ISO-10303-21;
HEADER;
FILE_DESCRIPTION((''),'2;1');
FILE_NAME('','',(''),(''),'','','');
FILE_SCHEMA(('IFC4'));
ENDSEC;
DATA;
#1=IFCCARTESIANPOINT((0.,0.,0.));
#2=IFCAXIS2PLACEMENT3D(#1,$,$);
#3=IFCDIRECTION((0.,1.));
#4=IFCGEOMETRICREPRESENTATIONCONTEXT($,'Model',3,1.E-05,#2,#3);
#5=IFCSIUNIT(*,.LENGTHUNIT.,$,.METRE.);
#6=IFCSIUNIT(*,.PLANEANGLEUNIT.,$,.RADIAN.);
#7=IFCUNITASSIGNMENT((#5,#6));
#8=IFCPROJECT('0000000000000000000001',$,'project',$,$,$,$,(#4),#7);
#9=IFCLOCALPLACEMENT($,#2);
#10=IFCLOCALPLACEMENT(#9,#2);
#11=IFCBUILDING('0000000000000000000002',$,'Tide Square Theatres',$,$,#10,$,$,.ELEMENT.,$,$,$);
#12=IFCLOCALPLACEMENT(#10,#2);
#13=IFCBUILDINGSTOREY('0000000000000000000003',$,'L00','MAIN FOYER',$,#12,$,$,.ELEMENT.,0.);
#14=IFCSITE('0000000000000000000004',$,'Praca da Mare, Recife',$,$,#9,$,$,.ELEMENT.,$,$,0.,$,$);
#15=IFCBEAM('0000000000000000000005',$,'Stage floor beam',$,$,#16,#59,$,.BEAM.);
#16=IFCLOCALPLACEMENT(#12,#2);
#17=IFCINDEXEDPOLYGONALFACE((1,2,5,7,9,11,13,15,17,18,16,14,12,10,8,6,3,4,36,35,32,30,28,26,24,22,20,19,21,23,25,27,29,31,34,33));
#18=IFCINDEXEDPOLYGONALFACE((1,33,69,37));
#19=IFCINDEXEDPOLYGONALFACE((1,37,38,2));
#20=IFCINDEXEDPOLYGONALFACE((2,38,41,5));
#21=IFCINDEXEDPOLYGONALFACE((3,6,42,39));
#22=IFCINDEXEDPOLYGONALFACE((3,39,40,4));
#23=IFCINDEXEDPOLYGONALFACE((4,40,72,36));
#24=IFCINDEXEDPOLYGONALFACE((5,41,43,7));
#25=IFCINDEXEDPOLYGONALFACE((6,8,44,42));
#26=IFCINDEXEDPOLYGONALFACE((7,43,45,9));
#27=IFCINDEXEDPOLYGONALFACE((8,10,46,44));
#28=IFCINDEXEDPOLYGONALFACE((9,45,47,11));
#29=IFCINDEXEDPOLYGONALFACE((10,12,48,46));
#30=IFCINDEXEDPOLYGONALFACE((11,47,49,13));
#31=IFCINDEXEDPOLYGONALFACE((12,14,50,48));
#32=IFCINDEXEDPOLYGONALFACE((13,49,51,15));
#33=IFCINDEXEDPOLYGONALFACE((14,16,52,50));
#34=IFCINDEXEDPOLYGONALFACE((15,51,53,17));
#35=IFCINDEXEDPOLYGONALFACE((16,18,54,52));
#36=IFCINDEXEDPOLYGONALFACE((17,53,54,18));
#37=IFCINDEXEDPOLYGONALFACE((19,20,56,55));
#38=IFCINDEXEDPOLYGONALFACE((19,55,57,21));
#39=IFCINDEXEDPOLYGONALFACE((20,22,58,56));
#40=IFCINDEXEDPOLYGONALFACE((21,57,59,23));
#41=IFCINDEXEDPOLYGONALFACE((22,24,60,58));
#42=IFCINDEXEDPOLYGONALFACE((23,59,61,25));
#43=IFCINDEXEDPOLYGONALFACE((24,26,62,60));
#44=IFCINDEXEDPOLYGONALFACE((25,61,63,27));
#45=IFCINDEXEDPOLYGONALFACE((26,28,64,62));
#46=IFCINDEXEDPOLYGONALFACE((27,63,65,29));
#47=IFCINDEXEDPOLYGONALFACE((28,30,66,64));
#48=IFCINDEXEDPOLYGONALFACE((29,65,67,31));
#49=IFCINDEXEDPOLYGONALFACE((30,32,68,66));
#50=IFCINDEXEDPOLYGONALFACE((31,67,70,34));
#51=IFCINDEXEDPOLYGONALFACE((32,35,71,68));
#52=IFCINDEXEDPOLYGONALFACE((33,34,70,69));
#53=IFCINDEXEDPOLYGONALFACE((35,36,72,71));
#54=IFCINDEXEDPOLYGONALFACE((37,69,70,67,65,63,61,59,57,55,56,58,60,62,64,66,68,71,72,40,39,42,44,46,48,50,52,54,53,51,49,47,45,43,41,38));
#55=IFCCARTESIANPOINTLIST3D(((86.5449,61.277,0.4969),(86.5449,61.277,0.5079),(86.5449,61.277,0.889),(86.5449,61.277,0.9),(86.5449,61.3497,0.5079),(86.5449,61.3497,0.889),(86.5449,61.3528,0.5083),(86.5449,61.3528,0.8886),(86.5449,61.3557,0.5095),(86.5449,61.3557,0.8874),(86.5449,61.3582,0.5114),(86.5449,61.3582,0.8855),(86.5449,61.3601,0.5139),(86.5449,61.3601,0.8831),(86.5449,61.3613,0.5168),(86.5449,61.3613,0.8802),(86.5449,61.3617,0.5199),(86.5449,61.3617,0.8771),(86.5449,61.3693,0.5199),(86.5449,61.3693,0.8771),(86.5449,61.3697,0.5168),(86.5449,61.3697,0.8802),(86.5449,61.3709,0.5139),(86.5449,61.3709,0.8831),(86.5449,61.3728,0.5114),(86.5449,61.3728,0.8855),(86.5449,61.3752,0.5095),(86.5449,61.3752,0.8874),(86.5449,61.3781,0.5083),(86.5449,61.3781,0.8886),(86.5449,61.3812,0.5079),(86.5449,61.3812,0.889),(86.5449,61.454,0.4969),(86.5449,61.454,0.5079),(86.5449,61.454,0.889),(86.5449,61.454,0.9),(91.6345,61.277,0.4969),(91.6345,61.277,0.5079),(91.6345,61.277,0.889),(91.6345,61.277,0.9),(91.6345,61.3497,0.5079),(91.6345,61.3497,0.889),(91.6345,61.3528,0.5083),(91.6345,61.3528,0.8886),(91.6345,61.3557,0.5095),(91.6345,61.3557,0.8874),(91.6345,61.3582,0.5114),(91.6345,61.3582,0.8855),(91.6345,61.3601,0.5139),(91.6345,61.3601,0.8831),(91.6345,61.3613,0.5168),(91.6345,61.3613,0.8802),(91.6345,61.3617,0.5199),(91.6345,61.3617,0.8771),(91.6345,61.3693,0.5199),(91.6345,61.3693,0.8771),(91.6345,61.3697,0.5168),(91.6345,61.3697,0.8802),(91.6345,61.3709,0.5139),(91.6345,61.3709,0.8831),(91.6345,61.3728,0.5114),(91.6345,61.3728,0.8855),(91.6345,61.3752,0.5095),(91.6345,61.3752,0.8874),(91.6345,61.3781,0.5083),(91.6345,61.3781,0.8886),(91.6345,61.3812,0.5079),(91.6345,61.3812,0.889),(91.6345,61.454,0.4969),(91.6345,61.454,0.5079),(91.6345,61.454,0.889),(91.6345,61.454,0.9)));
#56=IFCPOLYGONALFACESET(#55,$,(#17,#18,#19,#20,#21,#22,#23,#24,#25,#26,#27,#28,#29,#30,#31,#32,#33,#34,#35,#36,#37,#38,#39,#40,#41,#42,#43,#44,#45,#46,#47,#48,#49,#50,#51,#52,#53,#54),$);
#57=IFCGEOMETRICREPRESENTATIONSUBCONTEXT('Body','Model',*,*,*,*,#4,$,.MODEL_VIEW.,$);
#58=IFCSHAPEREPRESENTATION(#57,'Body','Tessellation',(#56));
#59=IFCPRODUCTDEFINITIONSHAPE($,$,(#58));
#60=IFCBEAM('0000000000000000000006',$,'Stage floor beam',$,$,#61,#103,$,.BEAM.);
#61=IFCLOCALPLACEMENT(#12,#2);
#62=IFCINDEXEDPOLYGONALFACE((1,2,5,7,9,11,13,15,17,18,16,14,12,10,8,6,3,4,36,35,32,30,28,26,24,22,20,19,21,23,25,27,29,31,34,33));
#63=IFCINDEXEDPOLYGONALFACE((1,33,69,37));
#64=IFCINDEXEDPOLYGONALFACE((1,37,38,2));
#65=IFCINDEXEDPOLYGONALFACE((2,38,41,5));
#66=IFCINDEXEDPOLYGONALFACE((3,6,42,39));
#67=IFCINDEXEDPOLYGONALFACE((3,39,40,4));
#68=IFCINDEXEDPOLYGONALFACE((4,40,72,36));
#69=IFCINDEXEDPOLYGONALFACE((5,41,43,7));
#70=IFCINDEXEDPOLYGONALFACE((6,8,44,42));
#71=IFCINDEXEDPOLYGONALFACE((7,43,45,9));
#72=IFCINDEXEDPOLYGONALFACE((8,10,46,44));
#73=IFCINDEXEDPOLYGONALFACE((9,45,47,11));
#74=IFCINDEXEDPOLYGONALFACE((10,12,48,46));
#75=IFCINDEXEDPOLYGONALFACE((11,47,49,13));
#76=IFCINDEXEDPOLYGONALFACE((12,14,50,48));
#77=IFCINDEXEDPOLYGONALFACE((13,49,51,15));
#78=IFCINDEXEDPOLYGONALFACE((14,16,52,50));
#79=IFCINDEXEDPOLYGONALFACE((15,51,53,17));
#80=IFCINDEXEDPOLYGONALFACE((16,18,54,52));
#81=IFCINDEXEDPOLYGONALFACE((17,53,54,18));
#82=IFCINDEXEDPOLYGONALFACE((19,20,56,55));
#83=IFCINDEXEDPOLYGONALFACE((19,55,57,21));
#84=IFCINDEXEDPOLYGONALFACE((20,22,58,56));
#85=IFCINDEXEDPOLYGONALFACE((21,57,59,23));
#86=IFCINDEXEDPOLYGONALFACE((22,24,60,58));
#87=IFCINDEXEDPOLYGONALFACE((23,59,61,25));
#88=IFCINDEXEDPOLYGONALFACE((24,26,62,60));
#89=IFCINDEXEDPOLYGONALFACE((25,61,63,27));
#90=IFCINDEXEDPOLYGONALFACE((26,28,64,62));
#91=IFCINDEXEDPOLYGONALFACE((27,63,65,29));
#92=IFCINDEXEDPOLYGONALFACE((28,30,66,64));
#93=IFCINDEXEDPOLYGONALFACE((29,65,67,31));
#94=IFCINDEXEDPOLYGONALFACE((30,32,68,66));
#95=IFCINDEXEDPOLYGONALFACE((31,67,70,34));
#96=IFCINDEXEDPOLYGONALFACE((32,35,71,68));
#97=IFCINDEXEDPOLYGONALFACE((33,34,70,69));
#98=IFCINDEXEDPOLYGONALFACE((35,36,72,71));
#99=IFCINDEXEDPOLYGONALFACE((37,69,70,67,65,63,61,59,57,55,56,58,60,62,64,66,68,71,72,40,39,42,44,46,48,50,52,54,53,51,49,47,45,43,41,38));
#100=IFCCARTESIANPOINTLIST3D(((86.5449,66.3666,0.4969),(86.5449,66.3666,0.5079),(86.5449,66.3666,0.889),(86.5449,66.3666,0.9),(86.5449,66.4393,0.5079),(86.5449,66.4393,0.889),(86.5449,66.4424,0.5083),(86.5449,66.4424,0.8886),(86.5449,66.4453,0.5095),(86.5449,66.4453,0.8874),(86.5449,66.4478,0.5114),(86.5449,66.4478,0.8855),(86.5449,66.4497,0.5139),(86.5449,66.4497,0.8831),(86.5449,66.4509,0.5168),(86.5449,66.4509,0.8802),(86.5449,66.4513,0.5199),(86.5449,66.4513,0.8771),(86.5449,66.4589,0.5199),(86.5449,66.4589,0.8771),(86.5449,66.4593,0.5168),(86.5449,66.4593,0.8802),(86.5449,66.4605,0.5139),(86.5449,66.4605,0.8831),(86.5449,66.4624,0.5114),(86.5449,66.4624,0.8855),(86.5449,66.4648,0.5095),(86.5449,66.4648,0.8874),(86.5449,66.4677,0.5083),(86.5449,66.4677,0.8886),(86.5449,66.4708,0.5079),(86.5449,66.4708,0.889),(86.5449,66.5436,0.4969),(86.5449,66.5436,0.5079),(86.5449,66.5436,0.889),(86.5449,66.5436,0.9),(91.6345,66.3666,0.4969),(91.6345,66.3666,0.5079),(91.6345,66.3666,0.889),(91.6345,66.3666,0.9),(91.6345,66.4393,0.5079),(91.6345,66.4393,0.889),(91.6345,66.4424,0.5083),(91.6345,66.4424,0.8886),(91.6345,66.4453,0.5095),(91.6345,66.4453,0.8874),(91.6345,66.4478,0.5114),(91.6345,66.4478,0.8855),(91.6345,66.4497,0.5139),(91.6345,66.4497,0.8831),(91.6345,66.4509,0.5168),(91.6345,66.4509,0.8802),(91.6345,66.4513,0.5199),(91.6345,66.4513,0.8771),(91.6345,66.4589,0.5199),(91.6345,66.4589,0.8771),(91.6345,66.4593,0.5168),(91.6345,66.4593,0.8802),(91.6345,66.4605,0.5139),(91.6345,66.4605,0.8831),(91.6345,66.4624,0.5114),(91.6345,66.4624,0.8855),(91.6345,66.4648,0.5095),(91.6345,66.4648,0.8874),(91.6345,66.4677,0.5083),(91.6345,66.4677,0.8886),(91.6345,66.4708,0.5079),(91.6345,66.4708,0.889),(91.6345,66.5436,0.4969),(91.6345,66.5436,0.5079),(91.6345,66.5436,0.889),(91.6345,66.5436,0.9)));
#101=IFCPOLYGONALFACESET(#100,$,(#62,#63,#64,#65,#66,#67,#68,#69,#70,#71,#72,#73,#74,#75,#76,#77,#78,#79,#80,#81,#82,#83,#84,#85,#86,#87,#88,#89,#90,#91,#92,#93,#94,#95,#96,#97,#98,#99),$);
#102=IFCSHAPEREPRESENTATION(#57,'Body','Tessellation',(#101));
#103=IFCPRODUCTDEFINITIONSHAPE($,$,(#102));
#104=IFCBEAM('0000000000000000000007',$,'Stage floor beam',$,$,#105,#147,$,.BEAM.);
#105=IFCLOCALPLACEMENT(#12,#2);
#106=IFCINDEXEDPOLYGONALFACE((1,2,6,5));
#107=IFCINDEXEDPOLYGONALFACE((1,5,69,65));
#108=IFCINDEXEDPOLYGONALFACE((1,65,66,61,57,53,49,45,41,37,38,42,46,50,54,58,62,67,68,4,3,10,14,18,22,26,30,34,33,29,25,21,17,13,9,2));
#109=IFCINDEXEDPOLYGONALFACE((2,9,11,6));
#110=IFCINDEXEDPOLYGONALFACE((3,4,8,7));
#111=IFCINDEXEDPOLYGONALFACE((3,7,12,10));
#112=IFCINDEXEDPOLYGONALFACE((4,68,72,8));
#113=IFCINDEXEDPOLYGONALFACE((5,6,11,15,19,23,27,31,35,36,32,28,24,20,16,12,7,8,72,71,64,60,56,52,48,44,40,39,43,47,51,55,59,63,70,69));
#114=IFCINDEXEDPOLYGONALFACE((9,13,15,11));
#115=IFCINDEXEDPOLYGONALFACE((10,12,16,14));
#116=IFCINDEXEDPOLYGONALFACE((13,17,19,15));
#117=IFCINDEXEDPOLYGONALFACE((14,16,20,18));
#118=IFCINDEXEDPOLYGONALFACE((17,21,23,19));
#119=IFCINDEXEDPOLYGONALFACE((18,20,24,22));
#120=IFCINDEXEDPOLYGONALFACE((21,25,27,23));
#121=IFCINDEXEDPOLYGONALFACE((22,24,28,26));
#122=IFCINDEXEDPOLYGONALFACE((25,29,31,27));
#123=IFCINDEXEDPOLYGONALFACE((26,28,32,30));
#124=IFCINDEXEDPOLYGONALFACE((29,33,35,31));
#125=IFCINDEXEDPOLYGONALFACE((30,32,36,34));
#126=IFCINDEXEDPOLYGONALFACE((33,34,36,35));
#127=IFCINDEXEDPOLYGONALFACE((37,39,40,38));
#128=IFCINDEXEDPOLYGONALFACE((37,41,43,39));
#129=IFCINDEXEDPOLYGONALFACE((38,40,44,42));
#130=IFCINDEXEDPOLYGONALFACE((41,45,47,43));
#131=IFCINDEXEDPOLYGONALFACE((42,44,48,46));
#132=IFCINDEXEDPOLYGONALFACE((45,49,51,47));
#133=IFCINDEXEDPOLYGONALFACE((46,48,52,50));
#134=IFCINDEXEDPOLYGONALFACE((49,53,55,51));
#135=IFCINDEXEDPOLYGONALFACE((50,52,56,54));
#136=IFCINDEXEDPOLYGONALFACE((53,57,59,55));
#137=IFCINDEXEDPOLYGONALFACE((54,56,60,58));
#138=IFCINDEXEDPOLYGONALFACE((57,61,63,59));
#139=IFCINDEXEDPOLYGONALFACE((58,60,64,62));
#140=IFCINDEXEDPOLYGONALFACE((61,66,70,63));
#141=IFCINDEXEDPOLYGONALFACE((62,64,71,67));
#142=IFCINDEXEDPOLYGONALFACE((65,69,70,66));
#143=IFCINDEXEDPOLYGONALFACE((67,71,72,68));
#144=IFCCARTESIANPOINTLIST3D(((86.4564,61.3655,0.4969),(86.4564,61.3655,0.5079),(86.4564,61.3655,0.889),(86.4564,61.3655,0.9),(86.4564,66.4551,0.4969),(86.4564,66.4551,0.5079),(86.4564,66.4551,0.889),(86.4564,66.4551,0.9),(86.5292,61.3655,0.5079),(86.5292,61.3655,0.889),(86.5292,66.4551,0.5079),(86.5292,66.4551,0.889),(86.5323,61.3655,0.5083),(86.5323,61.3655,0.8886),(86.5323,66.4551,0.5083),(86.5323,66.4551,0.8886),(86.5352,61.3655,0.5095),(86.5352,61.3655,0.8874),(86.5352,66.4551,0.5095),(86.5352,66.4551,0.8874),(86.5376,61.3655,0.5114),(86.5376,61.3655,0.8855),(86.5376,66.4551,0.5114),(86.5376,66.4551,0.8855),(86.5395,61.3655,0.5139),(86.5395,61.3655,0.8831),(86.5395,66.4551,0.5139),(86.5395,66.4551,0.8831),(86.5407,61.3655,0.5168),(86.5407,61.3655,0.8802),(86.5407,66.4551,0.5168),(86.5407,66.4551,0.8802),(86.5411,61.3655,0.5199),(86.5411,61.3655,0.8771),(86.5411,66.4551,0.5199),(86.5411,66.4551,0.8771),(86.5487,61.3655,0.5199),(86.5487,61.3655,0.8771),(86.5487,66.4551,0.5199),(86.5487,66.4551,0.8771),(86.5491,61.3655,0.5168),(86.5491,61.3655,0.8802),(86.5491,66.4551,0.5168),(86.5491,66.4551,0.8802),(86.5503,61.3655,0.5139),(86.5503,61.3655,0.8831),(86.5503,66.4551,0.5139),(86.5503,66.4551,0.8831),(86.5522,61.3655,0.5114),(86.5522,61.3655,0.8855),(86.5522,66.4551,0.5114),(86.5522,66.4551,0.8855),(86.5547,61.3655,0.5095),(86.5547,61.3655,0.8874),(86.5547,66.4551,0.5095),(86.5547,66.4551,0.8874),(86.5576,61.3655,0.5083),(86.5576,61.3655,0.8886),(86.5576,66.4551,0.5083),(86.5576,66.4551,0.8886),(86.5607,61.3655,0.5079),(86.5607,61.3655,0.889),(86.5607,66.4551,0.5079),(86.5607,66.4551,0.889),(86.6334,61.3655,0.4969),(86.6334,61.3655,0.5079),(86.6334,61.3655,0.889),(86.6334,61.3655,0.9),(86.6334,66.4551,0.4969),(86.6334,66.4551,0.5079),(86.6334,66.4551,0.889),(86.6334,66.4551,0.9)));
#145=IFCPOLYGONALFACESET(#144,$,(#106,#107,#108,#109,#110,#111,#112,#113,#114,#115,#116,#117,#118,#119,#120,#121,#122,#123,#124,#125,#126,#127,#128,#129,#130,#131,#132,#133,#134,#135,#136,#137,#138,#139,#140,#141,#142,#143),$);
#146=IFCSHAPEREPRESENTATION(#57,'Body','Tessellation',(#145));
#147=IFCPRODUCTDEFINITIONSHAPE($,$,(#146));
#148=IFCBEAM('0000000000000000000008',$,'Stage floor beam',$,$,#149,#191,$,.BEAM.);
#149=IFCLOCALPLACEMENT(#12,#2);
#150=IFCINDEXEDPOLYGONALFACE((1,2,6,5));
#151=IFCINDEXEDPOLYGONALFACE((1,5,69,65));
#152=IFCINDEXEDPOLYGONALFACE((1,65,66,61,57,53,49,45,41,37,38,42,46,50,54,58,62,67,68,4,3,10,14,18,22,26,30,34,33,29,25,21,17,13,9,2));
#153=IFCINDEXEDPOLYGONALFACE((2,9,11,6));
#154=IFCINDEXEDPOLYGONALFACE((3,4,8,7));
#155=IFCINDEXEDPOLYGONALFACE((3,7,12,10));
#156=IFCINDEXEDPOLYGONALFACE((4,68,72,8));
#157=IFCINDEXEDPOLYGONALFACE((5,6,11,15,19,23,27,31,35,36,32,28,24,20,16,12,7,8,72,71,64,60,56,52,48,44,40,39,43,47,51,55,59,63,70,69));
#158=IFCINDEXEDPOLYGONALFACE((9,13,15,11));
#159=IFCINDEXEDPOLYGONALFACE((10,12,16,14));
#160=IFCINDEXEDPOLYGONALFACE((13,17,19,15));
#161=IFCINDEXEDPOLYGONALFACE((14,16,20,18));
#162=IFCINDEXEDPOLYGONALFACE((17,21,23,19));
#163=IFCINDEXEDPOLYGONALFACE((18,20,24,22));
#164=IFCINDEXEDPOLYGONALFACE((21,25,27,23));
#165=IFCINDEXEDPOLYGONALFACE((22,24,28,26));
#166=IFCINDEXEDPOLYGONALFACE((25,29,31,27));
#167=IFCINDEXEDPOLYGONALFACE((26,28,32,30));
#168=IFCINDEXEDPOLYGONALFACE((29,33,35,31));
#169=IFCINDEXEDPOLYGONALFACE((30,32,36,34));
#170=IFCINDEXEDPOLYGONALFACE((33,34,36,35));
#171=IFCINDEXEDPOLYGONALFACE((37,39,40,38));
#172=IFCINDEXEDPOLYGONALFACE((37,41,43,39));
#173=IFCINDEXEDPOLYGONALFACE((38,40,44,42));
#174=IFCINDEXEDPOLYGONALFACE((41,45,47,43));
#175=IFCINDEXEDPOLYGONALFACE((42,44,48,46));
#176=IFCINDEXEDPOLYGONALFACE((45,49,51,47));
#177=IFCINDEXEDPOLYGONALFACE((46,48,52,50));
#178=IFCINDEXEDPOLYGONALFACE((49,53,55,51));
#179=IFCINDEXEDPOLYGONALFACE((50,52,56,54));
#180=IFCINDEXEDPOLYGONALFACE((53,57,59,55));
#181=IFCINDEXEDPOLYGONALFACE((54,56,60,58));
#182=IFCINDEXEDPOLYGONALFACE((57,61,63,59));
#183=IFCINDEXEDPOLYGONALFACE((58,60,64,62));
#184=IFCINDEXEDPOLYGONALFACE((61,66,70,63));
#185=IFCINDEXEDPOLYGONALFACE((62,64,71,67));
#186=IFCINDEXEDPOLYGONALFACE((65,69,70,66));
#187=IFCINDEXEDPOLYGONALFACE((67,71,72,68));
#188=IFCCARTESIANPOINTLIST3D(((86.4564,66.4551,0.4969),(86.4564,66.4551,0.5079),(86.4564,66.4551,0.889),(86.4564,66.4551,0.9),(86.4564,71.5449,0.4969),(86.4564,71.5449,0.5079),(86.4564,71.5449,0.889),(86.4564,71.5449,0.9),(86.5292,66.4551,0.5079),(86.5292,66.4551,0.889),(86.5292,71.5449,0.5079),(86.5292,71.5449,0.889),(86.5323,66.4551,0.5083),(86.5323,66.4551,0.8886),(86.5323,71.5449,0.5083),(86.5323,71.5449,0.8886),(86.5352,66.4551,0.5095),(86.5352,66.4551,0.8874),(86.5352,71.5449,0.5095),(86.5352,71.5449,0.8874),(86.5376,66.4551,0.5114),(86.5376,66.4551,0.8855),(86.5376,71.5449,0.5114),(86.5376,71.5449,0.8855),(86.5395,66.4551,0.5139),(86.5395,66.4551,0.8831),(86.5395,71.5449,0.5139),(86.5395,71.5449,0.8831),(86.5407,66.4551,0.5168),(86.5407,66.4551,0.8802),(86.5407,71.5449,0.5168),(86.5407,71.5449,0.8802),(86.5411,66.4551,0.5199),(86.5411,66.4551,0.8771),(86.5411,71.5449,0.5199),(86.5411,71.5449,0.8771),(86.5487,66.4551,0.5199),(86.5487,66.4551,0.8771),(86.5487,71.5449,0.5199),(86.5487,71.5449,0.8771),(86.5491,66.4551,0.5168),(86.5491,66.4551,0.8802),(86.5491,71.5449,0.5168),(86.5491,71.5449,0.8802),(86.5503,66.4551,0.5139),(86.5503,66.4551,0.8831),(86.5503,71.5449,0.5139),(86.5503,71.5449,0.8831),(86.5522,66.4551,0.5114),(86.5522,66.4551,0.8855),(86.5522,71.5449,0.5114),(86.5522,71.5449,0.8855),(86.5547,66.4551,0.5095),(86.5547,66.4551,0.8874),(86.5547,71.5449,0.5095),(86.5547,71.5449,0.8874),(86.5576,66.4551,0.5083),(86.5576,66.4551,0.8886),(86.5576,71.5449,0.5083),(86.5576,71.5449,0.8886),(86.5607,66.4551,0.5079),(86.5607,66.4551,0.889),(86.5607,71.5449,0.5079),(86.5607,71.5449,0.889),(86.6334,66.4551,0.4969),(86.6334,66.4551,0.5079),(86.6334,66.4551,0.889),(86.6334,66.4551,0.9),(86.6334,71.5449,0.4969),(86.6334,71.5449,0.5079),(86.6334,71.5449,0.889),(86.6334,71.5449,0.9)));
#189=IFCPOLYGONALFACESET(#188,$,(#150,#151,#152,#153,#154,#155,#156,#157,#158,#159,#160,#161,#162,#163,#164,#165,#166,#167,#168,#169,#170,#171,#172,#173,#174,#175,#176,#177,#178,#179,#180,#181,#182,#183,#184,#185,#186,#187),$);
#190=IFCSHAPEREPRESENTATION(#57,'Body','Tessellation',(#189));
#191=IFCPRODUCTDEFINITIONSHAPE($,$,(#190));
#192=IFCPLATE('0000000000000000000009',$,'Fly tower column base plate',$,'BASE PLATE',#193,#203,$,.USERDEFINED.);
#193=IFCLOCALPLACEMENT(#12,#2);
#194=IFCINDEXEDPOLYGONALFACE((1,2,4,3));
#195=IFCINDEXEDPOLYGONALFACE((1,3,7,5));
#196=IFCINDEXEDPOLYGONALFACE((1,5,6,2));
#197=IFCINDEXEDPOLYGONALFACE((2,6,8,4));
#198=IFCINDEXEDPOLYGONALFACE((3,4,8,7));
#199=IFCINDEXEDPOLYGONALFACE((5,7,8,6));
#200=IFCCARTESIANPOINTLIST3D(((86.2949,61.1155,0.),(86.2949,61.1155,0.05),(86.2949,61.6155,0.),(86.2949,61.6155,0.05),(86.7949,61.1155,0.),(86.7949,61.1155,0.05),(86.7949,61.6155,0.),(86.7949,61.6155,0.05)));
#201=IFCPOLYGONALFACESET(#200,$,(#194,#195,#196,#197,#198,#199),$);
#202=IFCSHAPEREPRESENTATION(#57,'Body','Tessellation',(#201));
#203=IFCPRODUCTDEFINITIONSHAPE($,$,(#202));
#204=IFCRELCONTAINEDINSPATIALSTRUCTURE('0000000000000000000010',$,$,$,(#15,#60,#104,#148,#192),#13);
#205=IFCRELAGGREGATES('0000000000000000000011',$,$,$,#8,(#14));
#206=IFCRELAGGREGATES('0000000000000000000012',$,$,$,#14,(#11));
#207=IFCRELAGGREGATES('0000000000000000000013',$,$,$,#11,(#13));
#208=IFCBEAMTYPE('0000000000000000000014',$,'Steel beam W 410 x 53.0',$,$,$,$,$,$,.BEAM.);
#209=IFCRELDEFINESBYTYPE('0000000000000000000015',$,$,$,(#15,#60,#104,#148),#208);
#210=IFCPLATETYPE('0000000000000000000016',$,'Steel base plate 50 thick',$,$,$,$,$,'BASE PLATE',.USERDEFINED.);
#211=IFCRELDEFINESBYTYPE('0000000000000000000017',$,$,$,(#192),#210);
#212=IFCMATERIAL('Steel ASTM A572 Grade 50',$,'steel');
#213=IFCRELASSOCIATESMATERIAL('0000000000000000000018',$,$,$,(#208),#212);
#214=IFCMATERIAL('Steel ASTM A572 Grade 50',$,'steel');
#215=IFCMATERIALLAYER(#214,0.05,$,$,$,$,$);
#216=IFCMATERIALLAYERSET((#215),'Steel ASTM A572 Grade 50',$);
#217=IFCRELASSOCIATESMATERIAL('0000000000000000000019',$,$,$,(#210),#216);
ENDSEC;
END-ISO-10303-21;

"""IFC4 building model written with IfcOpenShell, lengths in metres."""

from ifc_helpers import new_model, si_unit, direction, frame, origin, origin_2d, place, context, subcontext, project, spatial, rectangle, i_section, extrude, material, layer, layer_set, material_profile, profile_set, type_object, element, save


model = new_model("IFC4")

# Units and contexts
model_context = context("Model", 3, precision=1e-05, world=origin(), true_north=direction((0.0, 1.0)))
body_context = subcontext(model_context, "Body", "Model", "MODEL_VIEW")
ifc_project = project(units=[si_unit("LENGTHUNIT", "METRE"), si_unit("PLANEANGLEUNIT", "RADIAN")], contexts=[model_context])

# Site, building, storey
site_placement = place(None, origin())
site = spatial("IfcSite", under=ifc_project, at=site_placement, Name="Praca da Mare, Recife", CompositionType="ELEMENT", RefElevation=0.0)
building_placement = place(site_placement, origin())
building = spatial("IfcBuilding", under=site, at=building_placement, Name="Tide Square Theatres", CompositionType="ELEMENT")
storey_placement = place(building_placement, origin())
storey = spatial("IfcBuildingStorey", under=building, at=storey_placement, Name="L00", Description="MAIN FOYER", CompositionType="ELEMENT", Elevation=0.0)

# Beams
ifc_material_1 = material(Name="Steel ASTM A572 Grade 50", Category="steel")
ifc_material_profile_1 = material_profile(ifc_material_1, i_section(OverallWidth=0.177, OverallDepth=0.4031, WebThickness=0.0076, FlangeThickness=0.011, FilletRadius=0.012, at=origin_2d()))
ifc_profile_set_1 = profile_set([ifc_material_profile_1], Name="Steel ASTM A572 Grade 50")
beam_type = type_object("IfcBeamType", Name="Steel beam W 410 x 53.0", PredefinedType="BEAM", material=ifc_profile_set_1)
for number, where, z_axis, x_axis, name in (
    (1, (86.5449, 61.3655, 0.6985), (1.0, 0.0, 0.0), (0.0, 1.0, 0.0), "Stage floor beam"),
    (2, (86.5449, 66.4551, 0.6985), (1.0, 0.0, 0.0), (0.0, 1.0, 0.0), "Stage floor beam"),
    (3, (86.5449, 61.3655, 0.6985), (0.0, 1.0, 0.0), (-1.0, 0.0, 0.0), "Stage floor beam"),
):
    element("IfcBeam", number, at=place(storey_placement, frame(where, z_axis=z_axis, x_axis=x_axis)), inside=storey, type_object=beam_type, Name=name, PredefinedType="BEAM", context=body_context, shape_type="SweptSolid", body=[
        extrude(i_section(OverallWidth=0.177, OverallDepth=0.4031, WebThickness=0.0076, FlangeThickness=0.011, FilletRadius=0.012, at=origin_2d()), origin(), (0.0, 0.0, 1.0), 5.0896),
    ])
beam_placement = place(storey_placement, frame((86.5449, 66.4551, 0.6985), z_axis=(0.0, 1.0, 0.0), x_axis=(-1.0, 0.0, 0.0)))
element("IfcBeam", 4, at=beam_placement, inside=storey, type_object=beam_type, Name="Stage floor beam", PredefinedType="BEAM", context=body_context, shape_type="SweptSolid", body=[
    extrude(i_section(OverallWidth=0.177, OverallDepth=0.4031, WebThickness=0.0076, FlangeThickness=0.011, FilletRadius=0.012, at=origin_2d()), origin(), (0.0, 0.0, 1.0), 5.0898),
])

# Plate
ifc_material_2 = material(Name="Steel ASTM A572 Grade 50", Category="steel")
ifc_layer = layer(ifc_material_2, 0.05)
ifc_layer_set = layer_set([ifc_layer], Name="Steel ASTM A572 Grade 50")
plate_type = type_object("IfcPlateType", Name="Steel base plate 50 thick", ElementType="BASE PLATE", PredefinedType="USERDEFINED", material=ifc_layer_set)
for number, where, z_axis, x_axis, name in (
    (5, (86.5449, 61.3655, 0.0), (0.0, 0.0, 1.0), (1.0, 0.0, 0.0), "Fly tower column base plate"),
):
    element("IfcPlate", number, at=place(storey_placement, frame(where, z_axis=z_axis, x_axis=x_axis)), inside=storey, type_object=plate_type, Name=name, ObjectType="BASE PLATE", PredefinedType="USERDEFINED", context=body_context, shape_type="SweptSolid", body=[
        extrude(rectangle(XDim=0.5, YDim=0.5, at=origin_2d()), origin(), (0.0, 0.0, 1.0), 0.05),
    ])

save(model, "model.ifc")
